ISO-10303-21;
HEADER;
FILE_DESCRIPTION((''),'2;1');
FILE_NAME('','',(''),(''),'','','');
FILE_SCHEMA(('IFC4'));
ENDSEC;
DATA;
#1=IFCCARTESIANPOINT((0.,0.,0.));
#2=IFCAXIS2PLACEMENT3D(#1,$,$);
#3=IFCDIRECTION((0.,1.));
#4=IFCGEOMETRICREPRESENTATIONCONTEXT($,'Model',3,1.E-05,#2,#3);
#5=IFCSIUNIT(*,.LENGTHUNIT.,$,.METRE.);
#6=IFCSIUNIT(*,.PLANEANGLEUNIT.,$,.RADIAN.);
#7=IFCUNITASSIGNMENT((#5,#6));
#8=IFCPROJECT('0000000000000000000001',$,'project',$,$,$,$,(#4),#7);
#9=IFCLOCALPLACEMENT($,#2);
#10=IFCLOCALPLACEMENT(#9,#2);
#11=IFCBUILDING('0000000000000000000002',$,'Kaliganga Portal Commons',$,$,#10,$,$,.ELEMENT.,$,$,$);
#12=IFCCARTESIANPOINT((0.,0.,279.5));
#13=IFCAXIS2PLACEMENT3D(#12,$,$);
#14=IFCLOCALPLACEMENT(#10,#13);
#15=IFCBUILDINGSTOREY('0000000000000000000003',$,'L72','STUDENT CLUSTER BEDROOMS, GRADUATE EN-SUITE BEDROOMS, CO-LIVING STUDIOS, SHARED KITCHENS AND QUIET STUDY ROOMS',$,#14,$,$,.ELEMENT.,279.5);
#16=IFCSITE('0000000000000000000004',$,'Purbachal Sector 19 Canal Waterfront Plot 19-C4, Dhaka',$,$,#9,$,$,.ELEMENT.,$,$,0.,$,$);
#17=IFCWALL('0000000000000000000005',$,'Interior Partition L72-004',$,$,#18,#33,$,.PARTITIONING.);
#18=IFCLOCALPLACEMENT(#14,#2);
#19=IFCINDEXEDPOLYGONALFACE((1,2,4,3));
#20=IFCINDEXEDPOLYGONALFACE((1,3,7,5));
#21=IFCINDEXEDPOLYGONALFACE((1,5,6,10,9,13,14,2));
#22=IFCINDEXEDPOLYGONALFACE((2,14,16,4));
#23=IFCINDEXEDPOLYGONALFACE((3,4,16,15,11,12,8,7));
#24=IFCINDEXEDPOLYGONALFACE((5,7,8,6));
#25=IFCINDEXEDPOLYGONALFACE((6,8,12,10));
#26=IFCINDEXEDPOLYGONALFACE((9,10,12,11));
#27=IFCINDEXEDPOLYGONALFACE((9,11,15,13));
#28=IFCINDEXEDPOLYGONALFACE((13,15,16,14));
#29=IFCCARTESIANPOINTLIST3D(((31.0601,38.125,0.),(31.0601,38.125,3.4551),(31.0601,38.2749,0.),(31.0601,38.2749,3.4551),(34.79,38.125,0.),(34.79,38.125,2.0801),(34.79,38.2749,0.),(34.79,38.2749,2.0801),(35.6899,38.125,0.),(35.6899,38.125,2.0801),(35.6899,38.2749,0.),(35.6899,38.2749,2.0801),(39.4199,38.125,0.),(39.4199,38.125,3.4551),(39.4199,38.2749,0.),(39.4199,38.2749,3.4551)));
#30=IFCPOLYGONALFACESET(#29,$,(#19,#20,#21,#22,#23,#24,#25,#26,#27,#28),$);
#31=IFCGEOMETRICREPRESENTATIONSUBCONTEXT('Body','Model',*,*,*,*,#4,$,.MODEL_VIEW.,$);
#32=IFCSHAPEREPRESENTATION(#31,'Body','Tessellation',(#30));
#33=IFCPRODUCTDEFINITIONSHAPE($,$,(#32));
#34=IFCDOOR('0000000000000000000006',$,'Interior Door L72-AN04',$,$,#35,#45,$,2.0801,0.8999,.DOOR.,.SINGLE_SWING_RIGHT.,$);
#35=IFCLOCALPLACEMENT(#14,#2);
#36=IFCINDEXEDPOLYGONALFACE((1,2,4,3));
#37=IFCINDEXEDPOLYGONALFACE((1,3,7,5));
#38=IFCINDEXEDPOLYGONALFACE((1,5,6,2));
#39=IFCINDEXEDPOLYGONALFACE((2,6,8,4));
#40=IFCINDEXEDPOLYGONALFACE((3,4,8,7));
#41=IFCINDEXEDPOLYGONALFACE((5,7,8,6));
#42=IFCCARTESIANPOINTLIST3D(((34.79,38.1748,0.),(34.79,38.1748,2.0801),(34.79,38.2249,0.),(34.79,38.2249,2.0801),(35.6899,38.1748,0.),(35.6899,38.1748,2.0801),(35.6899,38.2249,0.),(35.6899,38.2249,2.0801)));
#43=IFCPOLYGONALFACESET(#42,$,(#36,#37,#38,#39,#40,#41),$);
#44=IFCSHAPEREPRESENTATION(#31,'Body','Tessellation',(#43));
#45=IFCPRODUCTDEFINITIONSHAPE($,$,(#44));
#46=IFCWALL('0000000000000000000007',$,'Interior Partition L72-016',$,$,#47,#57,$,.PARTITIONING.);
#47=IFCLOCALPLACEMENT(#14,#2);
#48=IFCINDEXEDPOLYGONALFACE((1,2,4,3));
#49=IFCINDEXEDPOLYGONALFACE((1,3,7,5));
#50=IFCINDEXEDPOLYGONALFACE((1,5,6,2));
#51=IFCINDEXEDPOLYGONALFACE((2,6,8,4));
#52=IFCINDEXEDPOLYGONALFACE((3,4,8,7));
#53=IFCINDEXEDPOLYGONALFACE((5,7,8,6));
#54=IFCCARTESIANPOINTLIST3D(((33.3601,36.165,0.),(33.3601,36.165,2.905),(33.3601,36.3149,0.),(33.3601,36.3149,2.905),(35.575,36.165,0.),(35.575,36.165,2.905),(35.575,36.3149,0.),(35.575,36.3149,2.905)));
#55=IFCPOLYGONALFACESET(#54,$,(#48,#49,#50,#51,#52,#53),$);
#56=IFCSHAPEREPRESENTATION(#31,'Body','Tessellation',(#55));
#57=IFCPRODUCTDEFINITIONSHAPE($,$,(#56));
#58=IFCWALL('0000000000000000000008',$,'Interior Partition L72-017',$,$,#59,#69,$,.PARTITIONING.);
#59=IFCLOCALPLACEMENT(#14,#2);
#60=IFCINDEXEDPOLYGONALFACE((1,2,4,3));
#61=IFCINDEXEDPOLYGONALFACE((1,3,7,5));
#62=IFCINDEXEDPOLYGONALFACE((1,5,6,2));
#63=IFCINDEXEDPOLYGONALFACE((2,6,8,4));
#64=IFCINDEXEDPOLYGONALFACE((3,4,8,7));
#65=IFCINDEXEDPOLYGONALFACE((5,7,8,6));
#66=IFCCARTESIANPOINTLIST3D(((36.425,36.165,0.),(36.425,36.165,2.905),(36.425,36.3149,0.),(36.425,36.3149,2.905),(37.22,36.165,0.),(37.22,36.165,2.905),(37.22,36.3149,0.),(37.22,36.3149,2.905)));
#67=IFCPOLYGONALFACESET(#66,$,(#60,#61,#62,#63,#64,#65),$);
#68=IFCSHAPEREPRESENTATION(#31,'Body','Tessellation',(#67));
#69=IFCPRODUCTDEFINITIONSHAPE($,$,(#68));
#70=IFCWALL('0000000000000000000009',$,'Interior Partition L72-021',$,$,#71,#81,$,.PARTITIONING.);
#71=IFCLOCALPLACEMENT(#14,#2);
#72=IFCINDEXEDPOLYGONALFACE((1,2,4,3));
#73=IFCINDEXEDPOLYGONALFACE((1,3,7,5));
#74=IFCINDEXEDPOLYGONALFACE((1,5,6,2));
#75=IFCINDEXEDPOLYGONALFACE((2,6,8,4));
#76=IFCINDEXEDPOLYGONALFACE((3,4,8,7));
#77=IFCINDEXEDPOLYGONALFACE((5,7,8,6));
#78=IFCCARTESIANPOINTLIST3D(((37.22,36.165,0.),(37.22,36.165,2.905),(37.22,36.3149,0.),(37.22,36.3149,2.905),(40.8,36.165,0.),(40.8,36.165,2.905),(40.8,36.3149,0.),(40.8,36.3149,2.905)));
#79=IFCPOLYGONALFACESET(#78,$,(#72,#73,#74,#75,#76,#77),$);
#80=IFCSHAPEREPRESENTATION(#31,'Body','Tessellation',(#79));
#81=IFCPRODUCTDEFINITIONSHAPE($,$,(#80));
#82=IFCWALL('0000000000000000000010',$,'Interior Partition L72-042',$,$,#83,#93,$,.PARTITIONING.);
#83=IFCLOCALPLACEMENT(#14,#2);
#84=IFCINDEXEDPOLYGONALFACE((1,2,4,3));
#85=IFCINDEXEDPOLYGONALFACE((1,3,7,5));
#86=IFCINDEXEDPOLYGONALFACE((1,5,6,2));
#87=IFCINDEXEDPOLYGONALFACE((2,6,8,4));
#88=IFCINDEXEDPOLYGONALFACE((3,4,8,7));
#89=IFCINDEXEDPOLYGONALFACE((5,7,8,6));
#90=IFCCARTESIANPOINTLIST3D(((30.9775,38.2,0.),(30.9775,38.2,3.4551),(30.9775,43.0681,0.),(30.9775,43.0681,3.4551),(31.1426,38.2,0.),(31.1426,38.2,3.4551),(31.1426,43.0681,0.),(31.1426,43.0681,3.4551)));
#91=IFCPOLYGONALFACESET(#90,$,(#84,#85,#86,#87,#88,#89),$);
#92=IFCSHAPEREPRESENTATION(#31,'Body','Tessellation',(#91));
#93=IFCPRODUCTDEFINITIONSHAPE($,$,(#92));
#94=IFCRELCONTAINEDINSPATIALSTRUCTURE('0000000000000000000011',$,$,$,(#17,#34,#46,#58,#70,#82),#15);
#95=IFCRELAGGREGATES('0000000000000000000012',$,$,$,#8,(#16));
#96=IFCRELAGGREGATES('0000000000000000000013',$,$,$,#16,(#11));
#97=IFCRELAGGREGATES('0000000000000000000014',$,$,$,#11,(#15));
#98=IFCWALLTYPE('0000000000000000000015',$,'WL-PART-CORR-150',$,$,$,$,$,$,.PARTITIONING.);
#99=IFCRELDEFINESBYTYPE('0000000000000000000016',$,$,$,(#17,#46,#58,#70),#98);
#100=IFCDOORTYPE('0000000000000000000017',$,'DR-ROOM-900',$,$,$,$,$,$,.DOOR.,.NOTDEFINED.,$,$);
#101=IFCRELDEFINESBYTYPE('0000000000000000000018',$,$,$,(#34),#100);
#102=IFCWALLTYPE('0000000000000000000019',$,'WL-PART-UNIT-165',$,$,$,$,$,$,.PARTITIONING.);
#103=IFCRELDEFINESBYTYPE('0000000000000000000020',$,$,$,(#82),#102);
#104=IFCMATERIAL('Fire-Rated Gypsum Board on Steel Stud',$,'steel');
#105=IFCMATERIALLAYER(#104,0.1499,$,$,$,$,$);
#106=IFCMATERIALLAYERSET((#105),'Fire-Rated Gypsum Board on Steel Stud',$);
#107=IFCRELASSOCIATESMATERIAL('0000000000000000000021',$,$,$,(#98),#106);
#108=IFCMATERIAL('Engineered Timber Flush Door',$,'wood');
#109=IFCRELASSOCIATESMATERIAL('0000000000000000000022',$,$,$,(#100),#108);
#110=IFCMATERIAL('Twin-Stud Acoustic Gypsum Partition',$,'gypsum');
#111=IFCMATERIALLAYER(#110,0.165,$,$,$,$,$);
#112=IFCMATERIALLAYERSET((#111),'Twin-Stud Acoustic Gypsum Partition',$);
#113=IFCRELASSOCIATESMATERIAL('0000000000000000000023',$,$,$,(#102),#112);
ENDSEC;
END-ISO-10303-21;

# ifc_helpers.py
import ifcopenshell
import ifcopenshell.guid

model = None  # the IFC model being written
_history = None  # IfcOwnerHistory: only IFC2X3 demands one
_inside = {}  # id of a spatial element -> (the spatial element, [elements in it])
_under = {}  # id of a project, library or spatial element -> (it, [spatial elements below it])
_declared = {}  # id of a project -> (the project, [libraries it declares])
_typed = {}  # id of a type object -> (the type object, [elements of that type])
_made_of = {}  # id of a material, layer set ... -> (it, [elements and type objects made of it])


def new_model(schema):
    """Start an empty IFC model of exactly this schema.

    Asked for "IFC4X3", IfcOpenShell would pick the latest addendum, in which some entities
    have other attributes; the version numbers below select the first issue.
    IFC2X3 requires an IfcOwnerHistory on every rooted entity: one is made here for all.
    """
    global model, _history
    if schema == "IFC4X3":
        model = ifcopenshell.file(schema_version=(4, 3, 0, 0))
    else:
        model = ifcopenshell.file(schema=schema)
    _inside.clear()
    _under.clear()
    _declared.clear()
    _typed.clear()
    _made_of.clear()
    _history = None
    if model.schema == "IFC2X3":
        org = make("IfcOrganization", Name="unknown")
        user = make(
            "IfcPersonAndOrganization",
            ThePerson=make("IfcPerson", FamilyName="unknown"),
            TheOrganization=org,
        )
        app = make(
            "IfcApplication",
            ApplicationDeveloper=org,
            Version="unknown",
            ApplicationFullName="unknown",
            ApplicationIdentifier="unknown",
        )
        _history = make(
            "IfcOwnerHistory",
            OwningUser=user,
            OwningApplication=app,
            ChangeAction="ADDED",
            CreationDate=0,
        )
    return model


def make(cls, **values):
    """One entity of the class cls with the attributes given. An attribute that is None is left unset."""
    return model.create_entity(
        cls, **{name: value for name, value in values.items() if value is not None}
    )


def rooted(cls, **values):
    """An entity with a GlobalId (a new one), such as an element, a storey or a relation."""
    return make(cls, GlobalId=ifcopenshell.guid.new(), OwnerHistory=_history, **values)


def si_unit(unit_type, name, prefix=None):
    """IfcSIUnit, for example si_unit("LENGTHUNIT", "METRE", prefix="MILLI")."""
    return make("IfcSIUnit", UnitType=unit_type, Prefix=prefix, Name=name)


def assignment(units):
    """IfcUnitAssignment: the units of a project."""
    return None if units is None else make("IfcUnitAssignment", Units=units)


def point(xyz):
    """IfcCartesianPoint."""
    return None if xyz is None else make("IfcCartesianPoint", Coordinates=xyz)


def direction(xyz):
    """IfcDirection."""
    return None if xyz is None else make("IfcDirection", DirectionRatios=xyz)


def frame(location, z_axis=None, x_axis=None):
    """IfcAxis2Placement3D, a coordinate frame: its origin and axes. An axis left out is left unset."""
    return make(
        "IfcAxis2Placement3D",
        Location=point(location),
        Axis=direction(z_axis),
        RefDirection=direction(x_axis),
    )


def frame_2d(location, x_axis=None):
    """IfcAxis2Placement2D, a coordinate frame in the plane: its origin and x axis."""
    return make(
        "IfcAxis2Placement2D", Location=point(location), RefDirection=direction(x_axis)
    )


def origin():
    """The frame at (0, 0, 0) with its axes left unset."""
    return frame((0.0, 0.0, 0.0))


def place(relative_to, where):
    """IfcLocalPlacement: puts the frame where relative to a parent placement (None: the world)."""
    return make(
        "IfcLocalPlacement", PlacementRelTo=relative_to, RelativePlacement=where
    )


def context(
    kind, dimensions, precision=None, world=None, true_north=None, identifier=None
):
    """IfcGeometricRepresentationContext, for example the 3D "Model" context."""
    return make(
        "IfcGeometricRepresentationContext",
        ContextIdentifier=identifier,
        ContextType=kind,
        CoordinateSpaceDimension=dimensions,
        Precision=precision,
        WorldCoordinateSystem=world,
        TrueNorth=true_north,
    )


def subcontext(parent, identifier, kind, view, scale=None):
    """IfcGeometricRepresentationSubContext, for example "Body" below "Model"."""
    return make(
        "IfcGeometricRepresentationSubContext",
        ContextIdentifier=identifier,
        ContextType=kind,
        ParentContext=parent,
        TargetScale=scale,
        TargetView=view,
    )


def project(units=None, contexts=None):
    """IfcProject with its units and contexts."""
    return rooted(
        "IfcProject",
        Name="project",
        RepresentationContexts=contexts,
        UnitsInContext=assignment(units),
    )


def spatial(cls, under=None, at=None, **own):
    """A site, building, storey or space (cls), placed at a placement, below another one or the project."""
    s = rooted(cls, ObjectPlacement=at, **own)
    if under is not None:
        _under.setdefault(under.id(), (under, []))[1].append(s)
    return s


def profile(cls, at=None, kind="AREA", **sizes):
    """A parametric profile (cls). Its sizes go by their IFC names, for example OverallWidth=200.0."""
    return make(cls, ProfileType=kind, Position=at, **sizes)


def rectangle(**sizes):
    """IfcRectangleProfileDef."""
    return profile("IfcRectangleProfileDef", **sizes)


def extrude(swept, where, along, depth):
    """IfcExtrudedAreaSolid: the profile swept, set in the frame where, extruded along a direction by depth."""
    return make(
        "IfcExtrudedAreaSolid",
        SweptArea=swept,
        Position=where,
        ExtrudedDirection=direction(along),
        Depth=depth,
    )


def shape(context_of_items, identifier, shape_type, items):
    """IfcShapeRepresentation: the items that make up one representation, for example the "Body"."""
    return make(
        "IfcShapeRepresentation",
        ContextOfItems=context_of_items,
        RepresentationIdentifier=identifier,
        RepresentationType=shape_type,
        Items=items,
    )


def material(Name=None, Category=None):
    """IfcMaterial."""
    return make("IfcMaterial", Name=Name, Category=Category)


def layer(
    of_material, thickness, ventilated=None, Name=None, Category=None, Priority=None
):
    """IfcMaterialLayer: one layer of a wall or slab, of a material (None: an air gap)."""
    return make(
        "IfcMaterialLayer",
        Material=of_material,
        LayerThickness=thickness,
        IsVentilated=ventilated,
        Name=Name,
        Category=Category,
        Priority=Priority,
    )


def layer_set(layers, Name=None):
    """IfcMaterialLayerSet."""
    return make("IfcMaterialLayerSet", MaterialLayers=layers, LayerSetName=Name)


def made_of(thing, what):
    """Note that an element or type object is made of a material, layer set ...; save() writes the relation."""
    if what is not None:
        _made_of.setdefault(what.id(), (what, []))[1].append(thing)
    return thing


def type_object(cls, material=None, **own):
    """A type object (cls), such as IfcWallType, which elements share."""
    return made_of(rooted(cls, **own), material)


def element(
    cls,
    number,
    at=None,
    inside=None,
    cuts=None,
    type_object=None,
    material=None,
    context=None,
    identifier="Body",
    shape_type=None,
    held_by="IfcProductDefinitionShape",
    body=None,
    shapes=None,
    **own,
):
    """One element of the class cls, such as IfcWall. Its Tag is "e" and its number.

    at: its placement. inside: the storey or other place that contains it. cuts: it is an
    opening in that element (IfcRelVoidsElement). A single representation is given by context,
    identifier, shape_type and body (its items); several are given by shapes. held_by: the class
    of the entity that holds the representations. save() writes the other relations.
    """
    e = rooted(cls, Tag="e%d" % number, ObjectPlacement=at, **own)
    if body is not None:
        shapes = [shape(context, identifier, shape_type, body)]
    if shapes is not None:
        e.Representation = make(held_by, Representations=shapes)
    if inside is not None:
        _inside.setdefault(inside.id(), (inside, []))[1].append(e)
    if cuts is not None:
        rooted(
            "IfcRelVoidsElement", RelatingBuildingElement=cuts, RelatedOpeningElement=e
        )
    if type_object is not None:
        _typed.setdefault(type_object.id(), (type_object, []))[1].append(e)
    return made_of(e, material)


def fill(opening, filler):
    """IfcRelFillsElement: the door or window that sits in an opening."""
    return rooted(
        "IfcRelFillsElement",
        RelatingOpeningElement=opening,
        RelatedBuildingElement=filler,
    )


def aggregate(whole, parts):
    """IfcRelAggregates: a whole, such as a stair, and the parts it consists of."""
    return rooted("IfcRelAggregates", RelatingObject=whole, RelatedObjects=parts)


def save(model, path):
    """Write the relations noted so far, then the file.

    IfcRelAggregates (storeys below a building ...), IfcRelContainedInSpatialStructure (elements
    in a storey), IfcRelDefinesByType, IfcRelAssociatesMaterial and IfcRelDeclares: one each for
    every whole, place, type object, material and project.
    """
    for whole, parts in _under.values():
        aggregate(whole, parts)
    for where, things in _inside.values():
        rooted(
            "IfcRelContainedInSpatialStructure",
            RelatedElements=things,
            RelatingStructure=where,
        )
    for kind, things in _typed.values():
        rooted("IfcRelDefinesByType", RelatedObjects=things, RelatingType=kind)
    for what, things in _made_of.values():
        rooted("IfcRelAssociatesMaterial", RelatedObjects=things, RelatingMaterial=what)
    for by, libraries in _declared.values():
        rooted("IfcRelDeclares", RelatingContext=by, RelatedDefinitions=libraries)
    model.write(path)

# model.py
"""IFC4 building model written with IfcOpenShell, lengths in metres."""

from ifc_helpers import new_model, si_unit, direction, frame, frame_2d, origin, place, context, subcontext, project, spatial, rectangle, extrude, material, layer, layer_set, type_object, element, fill, save


model = new_model("IFC4")

# Units and contexts
model_context = context("Model", 3, precision=1e-05, world=origin(), true_north=direction((0.0, 1.0)))
body_context = subcontext(model_context, "Body", "Model", "MODEL_VIEW")
ifc_project = project(units=[si_unit("LENGTHUNIT", "METRE"), si_unit("PLANEANGLEUNIT", "RADIAN")], contexts=[model_context])

# Site, building, storey
site_placement = place(None, origin())
site = spatial("IfcSite", under=ifc_project, at=site_placement, Name="Purbachal Sector 19 Canal Waterfront Plot 19-C4, Dhaka", CompositionType="ELEMENT", RefElevation=0.0)
building_placement = place(site_placement, origin())
building = spatial("IfcBuilding", under=site, at=building_placement, Name="Kaliganga Portal Commons", CompositionType="ELEMENT")
storey_placement = place(building_placement, frame((0.0, 0.0, 279.5)))
storey = spatial("IfcBuildingStorey", under=building, at=storey_placement, Name="L72", Description="STUDENT CLUSTER BEDROOMS, GRADUATE EN-SUITE BEDROOMS, CO-LIVING STUDIOS, SHARED KITCHENS AND QUIET STUDY ROOMS", CompositionType="ELEMENT", Elevation=279.5)

# Wall, opening, door
ifc_material_1 = material(Name="Fire-Rated Gypsum Board on Steel Stud", Category="steel")
ifc_layer_1 = layer(ifc_material_1, 0.1499)
ifc_layer_set_1 = layer_set([ifc_layer_1], Name="Fire-Rated Gypsum Board on Steel Stud")
wall_type_1 = type_object("IfcWallType", Name="WL-PART-CORR-150", PredefinedType="PARTITIONING", material=ifc_layer_set_1)
wall_1_placement = place(storey_placement, frame((31.0601, 38.2, 0.0), z_axis=(0.0, 0.0, 1.0), x_axis=(1.0, 0.0, 0.0)))
wall_1 = element("IfcWall", 1, at=wall_1_placement, inside=storey, type_object=wall_type_1, Name="Interior Partition L72-004", PredefinedType="PARTITIONING", context=body_context, shape_type="SweptSolid", body=[
    extrude(rectangle(XDim=8.3599, YDim=0.1499, at=frame_2d((4.1799, 0.0))), origin(), (0.0, 0.0, 1.0), 3.4551),
])
opening_1_placement = place(wall_1_placement, frame((3.73, 0.0, 0.0)))
opening_1 = element("IfcOpeningElement", 2, at=opening_1_placement, cuts=wall_1, PredefinedType="OPENING", context=body_context, shape_type="SweptSolid", body=[
    extrude(rectangle(XDim=0.8999, YDim=2.0801, at=frame_2d((0.45, 1.04))), frame((0.0, 0.085, 0.0), z_axis=(0.0, -1.0, 0.0), x_axis=(1.0, 0.0, 0.0)), (0.0, 0.0, 1.0), 0.1699),
])
ifc_material_2 = material(Name="Engineered Timber Flush Door", Category="wood")
door_type_1 = type_object("IfcDoorType", Name="DR-ROOM-900", OperationType="NOTDEFINED", PredefinedType="DOOR", material=ifc_material_2)
door_1_placement = place(opening_1_placement, origin())
door_1 = element("IfcDoor", 3, at=door_1_placement, inside=storey, type_object=door_type_1, Name="Interior Door L72-AN04", OperationType="SINGLE_SWING_RIGHT", OverallHeight=2.0801, OverallWidth=0.8999, PredefinedType="DOOR", context=body_context, shape_type="SweptSolid", body=[
    extrude(rectangle(XDim=0.8999, YDim=2.0801, at=frame_2d((0.45, 1.04))), frame((0.0, 0.0249, 0.0), z_axis=(0.0, -1.0, 0.0), x_axis=(1.0, 0.0, 0.0)), (0.0, 0.0, 1.0), 0.05),
])
fill(opening_1, door_1)

# Walls
wall_2_placement = place(storey_placement, frame((33.3601, 36.24, 0.0), z_axis=(0.0, 0.0, 1.0), x_axis=(1.0, 0.0, 0.0)))
element("IfcWall", 4, at=wall_2_placement, inside=storey, type_object=wall_type_1, Name="Interior Partition L72-016", PredefinedType="PARTITIONING", context=body_context, shape_type="SweptSolid", body=[
    extrude(rectangle(XDim=2.2148, YDim=0.1499, at=frame_2d((1.1074, 0.0))), origin(), (0.0, 0.0, 1.0), 2.905),
])
wall_3_placement = place(storey_placement, frame((36.425, 36.24, 0.0), z_axis=(0.0, 0.0, 1.0), x_axis=(1.0, 0.0, 0.0)))
element("IfcWall", 5, at=wall_3_placement, inside=storey, type_object=wall_type_1, Name="Interior Partition L72-017", PredefinedType="PARTITIONING", context=body_context, shape_type="SweptSolid", body=[
    extrude(rectangle(XDim=0.7949, YDim=0.1499, at=frame_2d((0.3975, 0.0))), origin(), (0.0, 0.0, 1.0), 2.905),
])
wall_4_placement = place(storey_placement, frame((37.22, 36.24, 0.0), z_axis=(0.0, 0.0, 1.0), x_axis=(1.0, 0.0, 0.0)))
element("IfcWall", 6, at=wall_4_placement, inside=storey, type_object=wall_type_1, Name="Interior Partition L72-021", PredefinedType="PARTITIONING", context=body_context, shape_type="SweptSolid", body=[
    extrude(rectangle(XDim=3.5801, YDim=0.1499, at=frame_2d((1.79, 0.0))), origin(), (0.0, 0.0, 1.0), 2.905),
])
ifc_material_3 = material(Name="Twin-Stud Acoustic Gypsum Partition", Category="gypsum")
ifc_layer_2 = layer(ifc_material_3, 0.165)
ifc_layer_set_2 = layer_set([ifc_layer_2], Name="Twin-Stud Acoustic Gypsum Partition")
wall_type_2 = type_object("IfcWallType", Name="WL-PART-UNIT-165", PredefinedType="PARTITIONING", material=ifc_layer_set_2)
wall_5_placement = place(storey_placement, frame((31.0601, 38.2, 0.0), z_axis=(0.0, 0.0, 1.0), x_axis=(0.0, 1.0, 0.0)))
element("IfcWall", 7, at=wall_5_placement, inside=storey, type_object=wall_type_2, Name="Interior Partition L72-042", PredefinedType="PARTITIONING", context=body_context, shape_type="SweptSolid", body=[
    extrude(rectangle(XDim=4.8682, YDim=0.165, at=frame_2d((2.4341, 0.0))), origin(), (0.0, 0.0, 1.0), 3.4551),
])

save(model, "model.ifc")
